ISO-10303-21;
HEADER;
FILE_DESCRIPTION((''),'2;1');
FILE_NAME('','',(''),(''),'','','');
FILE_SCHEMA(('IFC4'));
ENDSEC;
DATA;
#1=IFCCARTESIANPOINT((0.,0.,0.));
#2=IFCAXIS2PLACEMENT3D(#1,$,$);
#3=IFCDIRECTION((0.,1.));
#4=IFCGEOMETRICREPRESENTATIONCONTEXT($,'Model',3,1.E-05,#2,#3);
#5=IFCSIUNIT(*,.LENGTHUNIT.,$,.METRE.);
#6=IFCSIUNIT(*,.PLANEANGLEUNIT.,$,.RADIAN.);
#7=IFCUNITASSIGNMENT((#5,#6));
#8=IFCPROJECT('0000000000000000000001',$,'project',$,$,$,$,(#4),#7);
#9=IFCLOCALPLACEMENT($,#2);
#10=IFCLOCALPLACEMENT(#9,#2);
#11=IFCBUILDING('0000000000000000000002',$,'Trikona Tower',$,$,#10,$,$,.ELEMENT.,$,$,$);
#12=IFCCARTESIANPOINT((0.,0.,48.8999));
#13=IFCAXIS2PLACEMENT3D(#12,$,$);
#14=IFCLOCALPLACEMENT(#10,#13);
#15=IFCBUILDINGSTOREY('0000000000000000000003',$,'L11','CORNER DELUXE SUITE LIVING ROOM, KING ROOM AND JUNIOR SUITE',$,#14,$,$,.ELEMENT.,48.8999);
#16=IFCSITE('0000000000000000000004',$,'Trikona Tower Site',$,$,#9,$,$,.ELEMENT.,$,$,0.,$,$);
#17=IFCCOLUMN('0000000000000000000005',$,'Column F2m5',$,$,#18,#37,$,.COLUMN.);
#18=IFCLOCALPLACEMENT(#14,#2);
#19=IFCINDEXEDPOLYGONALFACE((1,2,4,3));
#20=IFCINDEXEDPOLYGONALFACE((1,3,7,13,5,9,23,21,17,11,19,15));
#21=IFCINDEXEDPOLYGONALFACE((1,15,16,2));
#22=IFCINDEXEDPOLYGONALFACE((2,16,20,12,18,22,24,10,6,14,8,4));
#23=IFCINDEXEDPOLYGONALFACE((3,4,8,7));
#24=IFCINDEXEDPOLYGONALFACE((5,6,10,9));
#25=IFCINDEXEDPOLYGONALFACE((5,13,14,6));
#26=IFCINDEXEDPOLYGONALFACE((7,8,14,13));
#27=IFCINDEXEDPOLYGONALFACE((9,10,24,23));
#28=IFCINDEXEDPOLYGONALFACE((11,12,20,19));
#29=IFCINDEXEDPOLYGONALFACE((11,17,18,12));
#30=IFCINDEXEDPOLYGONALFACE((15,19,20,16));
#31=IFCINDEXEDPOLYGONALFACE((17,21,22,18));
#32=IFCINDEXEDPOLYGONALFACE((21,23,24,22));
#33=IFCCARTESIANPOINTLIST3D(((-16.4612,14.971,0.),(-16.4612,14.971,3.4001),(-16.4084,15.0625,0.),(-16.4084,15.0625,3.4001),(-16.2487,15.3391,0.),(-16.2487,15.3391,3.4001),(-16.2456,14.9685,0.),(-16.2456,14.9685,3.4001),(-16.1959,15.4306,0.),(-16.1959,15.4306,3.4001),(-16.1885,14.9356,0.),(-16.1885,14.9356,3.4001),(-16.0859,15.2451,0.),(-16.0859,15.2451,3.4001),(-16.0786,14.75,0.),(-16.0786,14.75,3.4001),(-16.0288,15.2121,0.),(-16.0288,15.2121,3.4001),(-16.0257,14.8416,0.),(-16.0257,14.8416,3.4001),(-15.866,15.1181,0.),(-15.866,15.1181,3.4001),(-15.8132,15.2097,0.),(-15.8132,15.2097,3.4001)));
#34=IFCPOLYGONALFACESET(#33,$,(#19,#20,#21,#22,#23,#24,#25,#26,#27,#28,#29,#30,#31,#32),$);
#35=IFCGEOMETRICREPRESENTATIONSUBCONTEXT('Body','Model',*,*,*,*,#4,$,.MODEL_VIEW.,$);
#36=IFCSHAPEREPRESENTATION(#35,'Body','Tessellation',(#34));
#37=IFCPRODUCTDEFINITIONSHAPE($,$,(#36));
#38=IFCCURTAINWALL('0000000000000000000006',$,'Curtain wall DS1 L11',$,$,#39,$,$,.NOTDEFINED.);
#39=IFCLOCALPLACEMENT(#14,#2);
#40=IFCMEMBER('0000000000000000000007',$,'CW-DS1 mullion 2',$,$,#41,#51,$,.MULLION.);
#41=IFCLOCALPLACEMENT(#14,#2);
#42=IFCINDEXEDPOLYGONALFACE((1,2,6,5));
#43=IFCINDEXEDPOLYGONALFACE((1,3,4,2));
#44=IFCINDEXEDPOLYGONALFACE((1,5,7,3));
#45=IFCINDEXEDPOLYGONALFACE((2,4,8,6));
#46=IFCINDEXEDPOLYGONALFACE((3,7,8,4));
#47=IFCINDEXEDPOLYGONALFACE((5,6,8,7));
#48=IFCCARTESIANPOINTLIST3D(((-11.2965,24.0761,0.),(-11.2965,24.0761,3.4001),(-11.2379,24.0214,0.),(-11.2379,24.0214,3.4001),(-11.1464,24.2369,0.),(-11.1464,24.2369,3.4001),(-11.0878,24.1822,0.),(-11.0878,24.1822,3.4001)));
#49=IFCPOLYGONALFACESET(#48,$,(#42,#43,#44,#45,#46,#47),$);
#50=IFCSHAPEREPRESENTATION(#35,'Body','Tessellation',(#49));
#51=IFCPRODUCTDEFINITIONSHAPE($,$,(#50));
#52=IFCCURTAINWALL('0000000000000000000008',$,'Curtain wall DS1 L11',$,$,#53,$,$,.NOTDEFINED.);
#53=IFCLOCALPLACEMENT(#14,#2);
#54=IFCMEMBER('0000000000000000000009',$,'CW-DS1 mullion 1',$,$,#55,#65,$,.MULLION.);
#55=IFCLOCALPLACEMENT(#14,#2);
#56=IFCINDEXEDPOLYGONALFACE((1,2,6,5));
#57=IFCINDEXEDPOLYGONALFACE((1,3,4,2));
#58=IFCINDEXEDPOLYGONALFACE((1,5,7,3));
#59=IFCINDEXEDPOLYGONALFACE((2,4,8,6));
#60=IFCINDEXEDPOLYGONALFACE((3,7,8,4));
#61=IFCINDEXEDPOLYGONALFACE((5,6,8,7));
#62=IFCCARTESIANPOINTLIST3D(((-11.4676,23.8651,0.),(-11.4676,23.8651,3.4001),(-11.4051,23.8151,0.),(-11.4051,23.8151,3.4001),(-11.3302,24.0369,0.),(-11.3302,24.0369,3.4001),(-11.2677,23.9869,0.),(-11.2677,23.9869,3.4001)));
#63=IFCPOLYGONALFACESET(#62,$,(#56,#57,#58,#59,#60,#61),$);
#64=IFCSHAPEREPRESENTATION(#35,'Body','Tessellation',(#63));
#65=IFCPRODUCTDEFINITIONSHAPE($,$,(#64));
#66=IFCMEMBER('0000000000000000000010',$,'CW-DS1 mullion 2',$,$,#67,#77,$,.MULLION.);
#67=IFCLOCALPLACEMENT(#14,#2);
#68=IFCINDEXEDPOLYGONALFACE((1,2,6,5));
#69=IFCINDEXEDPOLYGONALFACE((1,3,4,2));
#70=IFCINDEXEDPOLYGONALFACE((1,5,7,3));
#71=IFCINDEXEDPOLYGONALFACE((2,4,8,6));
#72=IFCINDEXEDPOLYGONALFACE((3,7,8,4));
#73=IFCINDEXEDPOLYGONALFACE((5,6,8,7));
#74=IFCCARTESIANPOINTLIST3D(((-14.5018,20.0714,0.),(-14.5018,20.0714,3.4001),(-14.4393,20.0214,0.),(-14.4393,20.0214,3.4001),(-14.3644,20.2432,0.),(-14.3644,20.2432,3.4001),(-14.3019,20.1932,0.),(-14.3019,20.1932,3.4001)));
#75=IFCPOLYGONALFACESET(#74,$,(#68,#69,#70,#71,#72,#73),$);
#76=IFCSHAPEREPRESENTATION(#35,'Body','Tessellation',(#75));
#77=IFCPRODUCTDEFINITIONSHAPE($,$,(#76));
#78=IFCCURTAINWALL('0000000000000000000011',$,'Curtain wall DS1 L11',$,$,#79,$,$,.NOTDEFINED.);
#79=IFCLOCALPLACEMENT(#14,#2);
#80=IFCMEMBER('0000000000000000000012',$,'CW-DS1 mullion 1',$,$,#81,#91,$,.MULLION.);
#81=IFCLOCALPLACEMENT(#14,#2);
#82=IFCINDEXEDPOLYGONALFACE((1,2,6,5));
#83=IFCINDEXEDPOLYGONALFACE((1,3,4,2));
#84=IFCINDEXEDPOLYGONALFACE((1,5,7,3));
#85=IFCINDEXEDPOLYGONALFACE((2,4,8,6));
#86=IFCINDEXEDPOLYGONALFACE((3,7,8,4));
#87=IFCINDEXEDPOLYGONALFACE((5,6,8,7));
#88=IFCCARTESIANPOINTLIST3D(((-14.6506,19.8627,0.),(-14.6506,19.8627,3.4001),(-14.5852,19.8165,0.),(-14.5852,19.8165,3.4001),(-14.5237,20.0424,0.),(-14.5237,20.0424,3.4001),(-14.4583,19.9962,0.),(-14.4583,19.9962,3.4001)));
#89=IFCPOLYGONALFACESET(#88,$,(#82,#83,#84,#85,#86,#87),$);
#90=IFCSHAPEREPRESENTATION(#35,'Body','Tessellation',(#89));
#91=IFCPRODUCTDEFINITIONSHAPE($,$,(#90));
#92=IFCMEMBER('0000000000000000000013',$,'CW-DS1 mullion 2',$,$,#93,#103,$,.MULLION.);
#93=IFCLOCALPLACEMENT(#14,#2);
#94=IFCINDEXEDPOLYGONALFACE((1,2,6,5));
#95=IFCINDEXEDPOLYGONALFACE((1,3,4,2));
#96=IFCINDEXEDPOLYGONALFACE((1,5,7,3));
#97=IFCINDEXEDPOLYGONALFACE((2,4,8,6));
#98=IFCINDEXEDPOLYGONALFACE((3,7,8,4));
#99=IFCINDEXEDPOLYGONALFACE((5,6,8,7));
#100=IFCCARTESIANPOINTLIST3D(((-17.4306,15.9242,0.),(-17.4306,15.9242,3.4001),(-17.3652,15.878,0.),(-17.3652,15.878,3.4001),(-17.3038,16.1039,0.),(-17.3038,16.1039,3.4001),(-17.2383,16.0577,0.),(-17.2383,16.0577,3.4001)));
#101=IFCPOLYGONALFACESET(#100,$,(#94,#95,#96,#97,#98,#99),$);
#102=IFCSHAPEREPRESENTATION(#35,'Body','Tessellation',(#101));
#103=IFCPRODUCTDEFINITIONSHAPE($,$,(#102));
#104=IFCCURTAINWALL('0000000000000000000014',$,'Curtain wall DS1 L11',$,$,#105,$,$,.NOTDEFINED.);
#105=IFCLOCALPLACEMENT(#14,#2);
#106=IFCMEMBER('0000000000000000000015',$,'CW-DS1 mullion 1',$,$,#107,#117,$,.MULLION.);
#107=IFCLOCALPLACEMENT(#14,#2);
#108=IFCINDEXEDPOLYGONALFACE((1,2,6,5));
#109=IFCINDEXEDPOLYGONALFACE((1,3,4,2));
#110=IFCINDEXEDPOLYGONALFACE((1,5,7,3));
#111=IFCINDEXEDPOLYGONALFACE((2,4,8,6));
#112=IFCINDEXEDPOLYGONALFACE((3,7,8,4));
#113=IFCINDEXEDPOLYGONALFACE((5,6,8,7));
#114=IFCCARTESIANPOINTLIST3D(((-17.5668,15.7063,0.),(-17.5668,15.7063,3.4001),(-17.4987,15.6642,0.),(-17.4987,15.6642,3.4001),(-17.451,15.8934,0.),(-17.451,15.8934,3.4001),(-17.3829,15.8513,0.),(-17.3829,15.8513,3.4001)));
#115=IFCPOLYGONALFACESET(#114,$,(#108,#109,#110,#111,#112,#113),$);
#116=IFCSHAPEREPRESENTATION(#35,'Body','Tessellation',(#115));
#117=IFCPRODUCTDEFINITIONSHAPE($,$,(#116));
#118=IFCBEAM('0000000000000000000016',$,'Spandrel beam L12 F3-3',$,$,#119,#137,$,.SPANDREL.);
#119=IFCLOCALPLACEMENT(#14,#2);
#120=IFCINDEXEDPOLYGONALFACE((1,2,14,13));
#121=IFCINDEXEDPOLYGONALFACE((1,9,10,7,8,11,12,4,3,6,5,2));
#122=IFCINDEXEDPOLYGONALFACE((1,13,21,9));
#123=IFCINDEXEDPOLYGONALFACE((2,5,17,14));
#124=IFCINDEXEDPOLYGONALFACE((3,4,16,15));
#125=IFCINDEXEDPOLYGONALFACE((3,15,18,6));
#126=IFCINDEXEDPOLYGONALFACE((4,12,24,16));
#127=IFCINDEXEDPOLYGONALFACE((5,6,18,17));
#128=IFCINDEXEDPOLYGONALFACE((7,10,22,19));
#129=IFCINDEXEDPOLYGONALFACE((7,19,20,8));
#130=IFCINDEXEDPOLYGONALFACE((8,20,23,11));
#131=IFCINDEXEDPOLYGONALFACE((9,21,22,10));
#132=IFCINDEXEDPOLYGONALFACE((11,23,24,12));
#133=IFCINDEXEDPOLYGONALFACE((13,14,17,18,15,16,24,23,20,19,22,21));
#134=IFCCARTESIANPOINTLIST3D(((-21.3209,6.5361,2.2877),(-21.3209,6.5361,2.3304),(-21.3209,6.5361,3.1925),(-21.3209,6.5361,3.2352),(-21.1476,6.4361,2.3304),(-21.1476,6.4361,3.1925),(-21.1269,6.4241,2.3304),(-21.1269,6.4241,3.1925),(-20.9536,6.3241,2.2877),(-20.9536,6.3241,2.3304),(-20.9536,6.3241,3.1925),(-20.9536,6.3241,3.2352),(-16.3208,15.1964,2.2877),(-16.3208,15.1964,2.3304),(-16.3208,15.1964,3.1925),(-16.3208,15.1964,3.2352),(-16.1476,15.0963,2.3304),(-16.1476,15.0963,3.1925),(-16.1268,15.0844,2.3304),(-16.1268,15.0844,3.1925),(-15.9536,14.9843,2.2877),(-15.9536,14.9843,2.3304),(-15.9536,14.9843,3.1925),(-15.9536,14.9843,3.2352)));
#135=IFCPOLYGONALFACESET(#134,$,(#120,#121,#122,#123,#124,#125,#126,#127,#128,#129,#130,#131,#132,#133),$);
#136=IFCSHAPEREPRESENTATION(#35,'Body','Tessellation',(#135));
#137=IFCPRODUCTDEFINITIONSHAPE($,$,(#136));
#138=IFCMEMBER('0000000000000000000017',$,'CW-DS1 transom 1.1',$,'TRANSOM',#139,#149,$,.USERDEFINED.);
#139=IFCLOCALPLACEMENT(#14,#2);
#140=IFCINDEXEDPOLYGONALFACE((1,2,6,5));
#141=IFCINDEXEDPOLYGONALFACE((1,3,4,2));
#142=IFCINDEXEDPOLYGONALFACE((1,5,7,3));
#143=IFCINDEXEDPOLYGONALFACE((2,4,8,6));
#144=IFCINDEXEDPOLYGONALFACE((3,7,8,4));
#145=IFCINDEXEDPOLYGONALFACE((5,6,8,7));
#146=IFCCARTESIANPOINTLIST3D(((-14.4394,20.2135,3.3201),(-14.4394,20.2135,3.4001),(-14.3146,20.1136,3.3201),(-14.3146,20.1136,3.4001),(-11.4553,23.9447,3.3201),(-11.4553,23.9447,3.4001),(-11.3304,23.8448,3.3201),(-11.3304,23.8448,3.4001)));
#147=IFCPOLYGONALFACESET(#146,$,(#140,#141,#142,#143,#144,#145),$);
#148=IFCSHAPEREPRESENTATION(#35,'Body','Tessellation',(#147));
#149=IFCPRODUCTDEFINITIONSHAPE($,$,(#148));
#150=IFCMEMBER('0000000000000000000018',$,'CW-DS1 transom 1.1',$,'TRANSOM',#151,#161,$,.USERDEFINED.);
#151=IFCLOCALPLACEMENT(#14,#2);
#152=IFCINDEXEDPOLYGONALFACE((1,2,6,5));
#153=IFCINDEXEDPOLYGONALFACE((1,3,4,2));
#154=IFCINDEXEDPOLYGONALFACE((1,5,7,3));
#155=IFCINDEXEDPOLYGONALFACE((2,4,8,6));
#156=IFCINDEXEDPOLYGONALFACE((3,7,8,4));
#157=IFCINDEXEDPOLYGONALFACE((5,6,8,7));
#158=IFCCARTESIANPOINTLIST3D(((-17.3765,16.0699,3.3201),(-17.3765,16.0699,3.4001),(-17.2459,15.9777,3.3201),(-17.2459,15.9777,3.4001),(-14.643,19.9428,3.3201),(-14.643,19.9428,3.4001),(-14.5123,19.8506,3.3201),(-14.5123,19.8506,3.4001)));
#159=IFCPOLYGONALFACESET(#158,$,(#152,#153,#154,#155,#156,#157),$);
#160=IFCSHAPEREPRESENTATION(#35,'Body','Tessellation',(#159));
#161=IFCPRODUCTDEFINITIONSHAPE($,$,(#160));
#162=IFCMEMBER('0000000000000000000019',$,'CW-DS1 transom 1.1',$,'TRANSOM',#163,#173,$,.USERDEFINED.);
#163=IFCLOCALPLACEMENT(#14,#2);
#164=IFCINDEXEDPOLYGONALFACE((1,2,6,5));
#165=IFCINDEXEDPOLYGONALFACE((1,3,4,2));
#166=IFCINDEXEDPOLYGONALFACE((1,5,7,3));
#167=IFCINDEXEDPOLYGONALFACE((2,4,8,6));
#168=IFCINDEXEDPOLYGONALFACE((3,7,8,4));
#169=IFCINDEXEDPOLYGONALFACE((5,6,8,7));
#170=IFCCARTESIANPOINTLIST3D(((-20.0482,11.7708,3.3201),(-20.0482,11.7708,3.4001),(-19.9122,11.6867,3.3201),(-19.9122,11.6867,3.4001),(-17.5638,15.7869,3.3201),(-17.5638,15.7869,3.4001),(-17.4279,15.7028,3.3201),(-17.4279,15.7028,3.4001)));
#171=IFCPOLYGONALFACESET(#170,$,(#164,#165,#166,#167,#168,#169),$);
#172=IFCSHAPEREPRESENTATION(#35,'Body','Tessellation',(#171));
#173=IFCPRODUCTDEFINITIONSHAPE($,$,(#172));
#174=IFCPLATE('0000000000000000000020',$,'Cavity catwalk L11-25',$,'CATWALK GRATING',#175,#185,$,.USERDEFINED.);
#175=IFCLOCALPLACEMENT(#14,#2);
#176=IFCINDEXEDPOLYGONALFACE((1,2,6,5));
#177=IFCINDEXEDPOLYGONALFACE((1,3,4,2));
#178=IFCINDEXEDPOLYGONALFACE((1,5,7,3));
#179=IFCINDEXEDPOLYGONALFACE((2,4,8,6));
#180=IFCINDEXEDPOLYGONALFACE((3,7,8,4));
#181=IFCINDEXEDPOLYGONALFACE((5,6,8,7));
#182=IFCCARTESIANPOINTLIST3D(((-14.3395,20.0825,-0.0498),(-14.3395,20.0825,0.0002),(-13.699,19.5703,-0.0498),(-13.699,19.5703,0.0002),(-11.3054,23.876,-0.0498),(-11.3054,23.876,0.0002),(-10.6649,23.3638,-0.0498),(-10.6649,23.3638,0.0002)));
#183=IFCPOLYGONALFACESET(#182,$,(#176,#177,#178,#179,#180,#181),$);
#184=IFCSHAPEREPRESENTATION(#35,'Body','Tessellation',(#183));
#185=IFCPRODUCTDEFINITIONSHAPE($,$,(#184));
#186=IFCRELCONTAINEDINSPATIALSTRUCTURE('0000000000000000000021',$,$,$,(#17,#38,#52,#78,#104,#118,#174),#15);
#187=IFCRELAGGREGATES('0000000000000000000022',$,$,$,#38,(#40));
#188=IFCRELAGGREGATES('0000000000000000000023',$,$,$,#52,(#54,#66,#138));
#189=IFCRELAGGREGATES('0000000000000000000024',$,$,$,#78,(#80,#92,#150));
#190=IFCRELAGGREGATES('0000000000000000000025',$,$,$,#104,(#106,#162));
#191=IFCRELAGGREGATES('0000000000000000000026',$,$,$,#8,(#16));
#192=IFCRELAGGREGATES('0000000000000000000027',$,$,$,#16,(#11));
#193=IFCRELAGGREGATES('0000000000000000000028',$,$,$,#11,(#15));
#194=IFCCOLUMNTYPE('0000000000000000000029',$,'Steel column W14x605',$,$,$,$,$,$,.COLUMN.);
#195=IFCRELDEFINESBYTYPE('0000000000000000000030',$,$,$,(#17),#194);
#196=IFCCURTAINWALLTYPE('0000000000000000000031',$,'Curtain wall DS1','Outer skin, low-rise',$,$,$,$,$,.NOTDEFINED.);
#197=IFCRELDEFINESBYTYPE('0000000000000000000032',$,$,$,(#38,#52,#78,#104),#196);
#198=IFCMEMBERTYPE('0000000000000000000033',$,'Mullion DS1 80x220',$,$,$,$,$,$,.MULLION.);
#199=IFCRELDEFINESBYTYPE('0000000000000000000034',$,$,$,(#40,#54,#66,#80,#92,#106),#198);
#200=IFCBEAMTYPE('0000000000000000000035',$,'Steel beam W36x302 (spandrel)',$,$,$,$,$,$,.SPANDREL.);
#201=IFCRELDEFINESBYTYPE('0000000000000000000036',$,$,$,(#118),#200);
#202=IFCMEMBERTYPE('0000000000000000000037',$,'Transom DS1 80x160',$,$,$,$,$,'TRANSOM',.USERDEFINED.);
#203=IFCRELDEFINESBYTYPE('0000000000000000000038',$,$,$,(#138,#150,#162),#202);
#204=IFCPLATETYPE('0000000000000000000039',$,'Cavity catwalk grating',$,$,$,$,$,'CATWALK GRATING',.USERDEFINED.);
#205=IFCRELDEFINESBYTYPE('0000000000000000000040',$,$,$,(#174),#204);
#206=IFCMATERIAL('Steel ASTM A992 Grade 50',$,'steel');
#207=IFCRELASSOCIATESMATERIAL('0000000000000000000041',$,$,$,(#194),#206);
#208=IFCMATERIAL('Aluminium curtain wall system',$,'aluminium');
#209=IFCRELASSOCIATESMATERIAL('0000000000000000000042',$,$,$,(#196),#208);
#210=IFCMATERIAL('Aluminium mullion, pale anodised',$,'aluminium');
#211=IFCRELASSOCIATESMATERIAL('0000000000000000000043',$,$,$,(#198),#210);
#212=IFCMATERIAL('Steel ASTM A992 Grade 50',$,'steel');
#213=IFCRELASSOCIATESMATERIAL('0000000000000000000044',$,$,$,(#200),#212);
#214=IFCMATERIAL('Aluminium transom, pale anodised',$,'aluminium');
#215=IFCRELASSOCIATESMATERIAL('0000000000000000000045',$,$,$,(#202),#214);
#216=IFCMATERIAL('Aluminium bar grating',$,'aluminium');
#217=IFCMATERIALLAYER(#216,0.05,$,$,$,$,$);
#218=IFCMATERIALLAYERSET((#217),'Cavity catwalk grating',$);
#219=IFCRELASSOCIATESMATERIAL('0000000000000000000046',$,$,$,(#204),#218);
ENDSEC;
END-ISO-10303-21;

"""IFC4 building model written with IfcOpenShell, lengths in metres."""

from ifc_helpers import new_model, si_unit, direction, frame, origin, origin_2d, place, context, subcontext, project, spatial, rectangle, i_section, extrude, material, layer, layer_set, material_profile, profile_set, type_object, element, aggregate, save


model = new_model("IFC4")

# Units and contexts
model_context = context("Model", 3, precision=1e-05, world=origin(), true_north=direction((0.0, 1.0)))
body_context = subcontext(model_context, "Body", "Model", "MODEL_VIEW")
ifc_project = project(units=[si_unit("LENGTHUNIT", "METRE"), si_unit("PLANEANGLEUNIT", "RADIAN")], contexts=[model_context])

# Site, building, storey
site_placement = place(None, origin())
site = spatial("IfcSite", under=ifc_project, at=site_placement, Name="Trikona Tower Site", CompositionType="ELEMENT", RefElevation=0.0)
building_placement = place(site_placement, origin())
building = spatial("IfcBuilding", under=site, at=building_placement, Name="Trikona Tower", CompositionType="ELEMENT")
storey_placement = place(building_placement, frame((0.0, 0.0, 48.8999)))
storey = spatial("IfcBuildingStorey", under=building, at=storey_placement, Name="L11", Description="CORNER DELUXE SUITE LIVING ROOM, KING ROOM AND JUNIOR SUITE", CompositionType="ELEMENT", Elevation=48.8999)

# Column
ifc_material_1 = material(Name="Steel ASTM A992 Grade 50", Category="steel")
ifc_material_profile_1 = material_profile(ifc_material_1, i_section(OverallWidth=0.4419, OverallDepth=0.5308, WebThickness=0.0659, FlangeThickness=0.1057, at=origin_2d()), Name="W14X605")
ifc_profile_set_1 = profile_set([ifc_material_profile_1], Name="Steel ASTM A992 Grade 50")
column_type = type_object("IfcColumnType", Name="Steel column W14x605", PredefinedType="COLUMN", material=ifc_profile_set_1)
column_placement = place(storey_placement, frame((-16.1372, 15.0903, 0.0), z_axis=(0.0, 0.0, 1.0), x_axis=(-0.866025, 0.5, 0.0)))
element("IfcColumn", 1, at=column_placement, inside=storey, type_object=column_type, Name="Column F2m5", PredefinedType="COLUMN", context=body_context, shape_type="SweptSolid", body=[
    extrude(i_section(OverallWidth=0.4419, OverallDepth=0.5308, WebThickness=0.0659, FlangeThickness=0.1057, at=origin_2d()), origin(), (0.0, 0.0, 1.0), 3.4001),
])

# Curtain wall, member
ifc_material_2 = material(Name="Aluminium curtain wall system", Category="aluminium")
curtain_wall_type = type_object("IfcCurtainWallType", Name="Curtain wall DS1", Description="Outer skin, low-rise", PredefinedType="NOTDEFINED", material=ifc_material_2)
curtain_wall_1_placement = place(storey_placement, origin())
curtain_wall_1 = element("IfcCurtainWall", 2, at=curtain_wall_1_placement, inside=storey, type_object=curtain_wall_type, Name="Curtain wall DS1 L11", PredefinedType="NOTDEFINED")
ifc_material_3 = material(Name="Aluminium mullion, pale anodised", Category="aluminium")
ifc_material_profile_2 = material_profile(ifc_material_3, rectangle(XDim=0.0801, YDim=0.22, at=origin_2d()), Name="MUL-DS1")
ifc_profile_set_2 = profile_set([ifc_material_profile_2], Name="Aluminium mullion, pale anodised")
member_type_1 = type_object("IfcMemberType", Name="Mullion DS1 80x220", PredefinedType="MULLION", material=ifc_profile_set_2)
member_1_placement = place(storey_placement, frame((-11.1921, 24.1292, 0.0), z_axis=(0.0, 0.0, 1.0), x_axis=(0.731077, -0.682295, 0.0)))
member_1 = element("IfcMember", 3, at=member_1_placement, type_object=member_type_1, Name="CW-DS1 mullion 2", PredefinedType="MULLION", context=body_context, shape_type="SweptSolid", body=[
    extrude(rectangle(XDim=0.0801, YDim=0.22, at=origin_2d()), origin(), (0.0, 0.0, 1.0), 3.4001),
])
aggregate(curtain_wall_1, [member_1])

# Curtain walls, members
curtain_wall_2_placement = place(storey_placement, origin())
curtain_wall_2 = element("IfcCurtainWall", 4, at=curtain_wall_2_placement, inside=storey, type_object=curtain_wall_type, Name="Curtain wall DS1 L11", PredefinedType="NOTDEFINED")
member_2_placement = place(storey_placement, frame((-11.3677, 23.926, 0.0), z_axis=(0.0, 0.0, 1.0), x_axis=(0.780938, -0.624609, 0.0)))
member_2 = element("IfcMember", 5, at=member_2_placement, type_object=member_type_1, Name="CW-DS1 mullion 1", PredefinedType="MULLION", context=body_context, shape_type="SweptSolid", body=[
    extrude(rectangle(XDim=0.0801, YDim=0.22, at=origin_2d()), origin(), (0.0, 0.0, 1.0), 3.4001),
])
member_3_placement = place(storey_placement, frame((-14.4019, 20.1323, 0.0), z_axis=(0.0, 0.0, 1.0), x_axis=(0.780938, -0.624609, 0.0)))
member_3 = element("IfcMember", 6, at=member_3_placement, type_object=member_type_1, Name="CW-DS1 mullion 2", PredefinedType="MULLION", context=body_context, shape_type="SweptSolid", body=[
    extrude(rectangle(XDim=0.0801, YDim=0.22, at=origin_2d()), origin(), (0.0, 0.0, 1.0), 3.4001),
])
curtain_wall_3_placement = place(storey_placement, origin())
curtain_wall_3 = element("IfcCurtainWall", 7, at=curtain_wall_3_placement, inside=storey, type_object=curtain_wall_type, Name="Curtain wall DS1 L11", PredefinedType="NOTDEFINED")
member_4_placement = place(storey_placement, frame((-14.5544, 19.9294, 0.0), z_axis=(0.0, 0.0, 1.0), x_axis=(0.816985, -0.576658, 0.0)))
member_4 = element("IfcMember", 8, at=member_4_placement, type_object=member_type_1, Name="CW-DS1 mullion 1", PredefinedType="MULLION", context=body_context, shape_type="SweptSolid", body=[
    extrude(rectangle(XDim=0.0801, YDim=0.22, at=origin_2d()), origin(), (0.0, 0.0, 1.0), 3.4001),
])
member_5_placement = place(storey_placement, frame((-17.3345, 15.991, 0.0), z_axis=(0.0, 0.0, 1.0), x_axis=(0.816985, -0.576658, 0.0)))
member_5 = element("IfcMember", 9, at=member_5_placement, type_object=member_type_1, Name="CW-DS1 mullion 2", PredefinedType="MULLION", context=body_context, shape_type="SweptSolid", body=[
    extrude(rectangle(XDim=0.0801, YDim=0.22, at=origin_2d()), origin(), (0.0, 0.0, 1.0), 3.4001),
])

# Curtain wall, member
curtain_wall_4_placement = place(storey_placement, origin())
curtain_wall_4 = element("IfcCurtainWall", 10, at=curtain_wall_4_placement, inside=storey, type_object=curtain_wall_type, Name="Curtain wall DS1 L11", PredefinedType="NOTDEFINED")
member_6_placement = place(storey_placement, frame((-17.4749, 15.7788, 0.0), z_axis=(0.0, 0.0, 1.0), x_axis=(0.85041, -0.52612, 0.0)))
member_6 = element("IfcMember", 11, at=member_6_placement, type_object=member_type_1, Name="CW-DS1 mullion 1", PredefinedType="MULLION", context=body_context, shape_type="SweptSolid", body=[
    extrude(rectangle(XDim=0.0801, YDim=0.22, at=origin_2d()), origin(), (0.0, 0.0, 1.0), 3.4001),
])

# Beam
ifc_material_4 = material(Name="Steel ASTM A992 Grade 50", Category="steel")
ifc_material_profile_3 = material_profile(ifc_material_4, i_section(OverallWidth=0.4241, OverallDepth=0.9475, WebThickness=0.0239, FlangeThickness=0.0427, at=origin_2d()), Name="W36X302")
ifc_profile_set_3 = profile_set([ifc_material_profile_3], Name="Steel ASTM A992 Grade 50")
beam_type = type_object("IfcBeamType", Name="Steel beam W36x302 (spandrel)", PredefinedType="SPANDREL", material=ifc_profile_set_3)
beam_placement = place(storey_placement, frame((-16.1372, 15.0903, 2.7615), z_axis=(-0.500004, -0.866023, 0.0), x_axis=(0.866023, -0.500004, 0.0)))
element("IfcBeam", 12, at=beam_placement, inside=storey, type_object=beam_type, Name="Spandrel beam L12 F3-3", PredefinedType="SPANDREL", context=body_context, shape_type="SweptSolid", body=[
    extrude(i_section(OverallWidth=0.4241, OverallDepth=0.9475, WebThickness=0.0239, FlangeThickness=0.0427, at=origin_2d()), origin(), (0.0, 0.0, 1.0), 10.0),
])

# Members
ifc_material_5 = material(Name="Aluminium transom, pale anodised", Category="aluminium")
ifc_material_profile_4 = material_profile(ifc_material_5, rectangle(XDim=0.1599, YDim=0.0801, at=origin_2d()), Name="TRN-DS1")
ifc_profile_set_4 = profile_set([ifc_material_profile_4], Name="Aluminium transom, pale anodised")
member_type_2 = type_object("IfcMemberType", Name="Transom DS1 80x160", ElementType="TRANSOM", PredefinedType="USERDEFINED", material=ifc_profile_set_4)
member_7_placement = place(storey_placement, frame((-11.3928, 23.8948, 3.3601), z_axis=(-0.624589, -0.780954, 0.0), x_axis=(0.780954, -0.624589, 0.0)))
member_7 = element("IfcMember", 13, at=member_7_placement, type_object=member_type_2, Name="CW-DS1 transom 1.1", ObjectType="TRANSOM", PredefinedType="USERDEFINED", context=body_context, shape_type="SweptSolid", body=[
    extrude(rectangle(XDim=0.1599, YDim=0.0801, at=origin_2d()), origin(), (0.0, 0.0, 1.0), 4.7778),
])
member_8_placement = place(storey_placement, frame((-14.5776, 19.8967, 3.3601), z_axis=(-0.576645, -0.816995, 0.0), x_axis=(0.816995, -0.576645, 0.0)))
member_8 = element("IfcMember", 14, at=member_8_placement, type_object=member_type_2, Name="CW-DS1 transom 1.1", ObjectType="TRANSOM", PredefinedType="USERDEFINED", context=body_context, shape_type="SweptSolid", body=[
    extrude(rectangle(XDim=0.1599, YDim=0.0801, at=origin_2d()), origin(), (0.0, 0.0, 1.0), 4.7405),
])
member_9_placement = place(storey_placement, frame((-17.4958, 15.7449, 3.3601), z_axis=(-0.526081, -0.850435, 0.0), x_axis=(0.850435, -0.526081, 0.0)))
member_9 = element("IfcMember", 15, at=member_9_placement, type_object=member_type_2, Name="CW-DS1 transom 1.1", ObjectType="TRANSOM", PredefinedType="USERDEFINED", context=body_context, shape_type="SweptSolid", body=[
    extrude(rectangle(XDim=0.1599, YDim=0.0801, at=origin_2d()), origin(), (0.0, 0.0, 1.0), 4.7224),
])

# Plate
ifc_material_6 = material(Name="Aluminium bar grating", Category="aluminium")
ifc_layer_1 = layer(ifc_material_6, 0.05)
ifc_layer_set_1 = layer_set([ifc_layer_1], Name="Cavity catwalk grating")
plate_type_1 = type_object("IfcPlateType", Name="Cavity catwalk grating", ElementType="CATWALK GRATING", PredefinedType="USERDEFINED", material=ifc_layer_set_1)
plate_1_placement = place(storey_placement, frame((-12.5022, 21.7231, -0.0498), z_axis=(0.0, 0.0, 1.0), x_axis=(-0.624604, -0.780942, 0.0)))
element("IfcPlate", 16, at=plate_1_placement, inside=storey, type_object=plate_type_1, Name="Cavity catwalk L11-25", ObjectType="CATWALK GRATING", PredefinedType="USERDEFINED", context=body_context, shape_type="SweptSolid", body=[
    extrude(rectangle(XDim=4.8577, YDim=0.8201, at=origin_2d()), origin(), (0.0, 0.0, 1.0), 0.05),
])

aggregate(curtain_wall_2, [member_2, member_3, member_7])
aggregate(curtain_wall_3, [member_4, member_5, member_8])
aggregate(curtain_wall_4, [member_6, member_9])

save(model, "model.ifc")
